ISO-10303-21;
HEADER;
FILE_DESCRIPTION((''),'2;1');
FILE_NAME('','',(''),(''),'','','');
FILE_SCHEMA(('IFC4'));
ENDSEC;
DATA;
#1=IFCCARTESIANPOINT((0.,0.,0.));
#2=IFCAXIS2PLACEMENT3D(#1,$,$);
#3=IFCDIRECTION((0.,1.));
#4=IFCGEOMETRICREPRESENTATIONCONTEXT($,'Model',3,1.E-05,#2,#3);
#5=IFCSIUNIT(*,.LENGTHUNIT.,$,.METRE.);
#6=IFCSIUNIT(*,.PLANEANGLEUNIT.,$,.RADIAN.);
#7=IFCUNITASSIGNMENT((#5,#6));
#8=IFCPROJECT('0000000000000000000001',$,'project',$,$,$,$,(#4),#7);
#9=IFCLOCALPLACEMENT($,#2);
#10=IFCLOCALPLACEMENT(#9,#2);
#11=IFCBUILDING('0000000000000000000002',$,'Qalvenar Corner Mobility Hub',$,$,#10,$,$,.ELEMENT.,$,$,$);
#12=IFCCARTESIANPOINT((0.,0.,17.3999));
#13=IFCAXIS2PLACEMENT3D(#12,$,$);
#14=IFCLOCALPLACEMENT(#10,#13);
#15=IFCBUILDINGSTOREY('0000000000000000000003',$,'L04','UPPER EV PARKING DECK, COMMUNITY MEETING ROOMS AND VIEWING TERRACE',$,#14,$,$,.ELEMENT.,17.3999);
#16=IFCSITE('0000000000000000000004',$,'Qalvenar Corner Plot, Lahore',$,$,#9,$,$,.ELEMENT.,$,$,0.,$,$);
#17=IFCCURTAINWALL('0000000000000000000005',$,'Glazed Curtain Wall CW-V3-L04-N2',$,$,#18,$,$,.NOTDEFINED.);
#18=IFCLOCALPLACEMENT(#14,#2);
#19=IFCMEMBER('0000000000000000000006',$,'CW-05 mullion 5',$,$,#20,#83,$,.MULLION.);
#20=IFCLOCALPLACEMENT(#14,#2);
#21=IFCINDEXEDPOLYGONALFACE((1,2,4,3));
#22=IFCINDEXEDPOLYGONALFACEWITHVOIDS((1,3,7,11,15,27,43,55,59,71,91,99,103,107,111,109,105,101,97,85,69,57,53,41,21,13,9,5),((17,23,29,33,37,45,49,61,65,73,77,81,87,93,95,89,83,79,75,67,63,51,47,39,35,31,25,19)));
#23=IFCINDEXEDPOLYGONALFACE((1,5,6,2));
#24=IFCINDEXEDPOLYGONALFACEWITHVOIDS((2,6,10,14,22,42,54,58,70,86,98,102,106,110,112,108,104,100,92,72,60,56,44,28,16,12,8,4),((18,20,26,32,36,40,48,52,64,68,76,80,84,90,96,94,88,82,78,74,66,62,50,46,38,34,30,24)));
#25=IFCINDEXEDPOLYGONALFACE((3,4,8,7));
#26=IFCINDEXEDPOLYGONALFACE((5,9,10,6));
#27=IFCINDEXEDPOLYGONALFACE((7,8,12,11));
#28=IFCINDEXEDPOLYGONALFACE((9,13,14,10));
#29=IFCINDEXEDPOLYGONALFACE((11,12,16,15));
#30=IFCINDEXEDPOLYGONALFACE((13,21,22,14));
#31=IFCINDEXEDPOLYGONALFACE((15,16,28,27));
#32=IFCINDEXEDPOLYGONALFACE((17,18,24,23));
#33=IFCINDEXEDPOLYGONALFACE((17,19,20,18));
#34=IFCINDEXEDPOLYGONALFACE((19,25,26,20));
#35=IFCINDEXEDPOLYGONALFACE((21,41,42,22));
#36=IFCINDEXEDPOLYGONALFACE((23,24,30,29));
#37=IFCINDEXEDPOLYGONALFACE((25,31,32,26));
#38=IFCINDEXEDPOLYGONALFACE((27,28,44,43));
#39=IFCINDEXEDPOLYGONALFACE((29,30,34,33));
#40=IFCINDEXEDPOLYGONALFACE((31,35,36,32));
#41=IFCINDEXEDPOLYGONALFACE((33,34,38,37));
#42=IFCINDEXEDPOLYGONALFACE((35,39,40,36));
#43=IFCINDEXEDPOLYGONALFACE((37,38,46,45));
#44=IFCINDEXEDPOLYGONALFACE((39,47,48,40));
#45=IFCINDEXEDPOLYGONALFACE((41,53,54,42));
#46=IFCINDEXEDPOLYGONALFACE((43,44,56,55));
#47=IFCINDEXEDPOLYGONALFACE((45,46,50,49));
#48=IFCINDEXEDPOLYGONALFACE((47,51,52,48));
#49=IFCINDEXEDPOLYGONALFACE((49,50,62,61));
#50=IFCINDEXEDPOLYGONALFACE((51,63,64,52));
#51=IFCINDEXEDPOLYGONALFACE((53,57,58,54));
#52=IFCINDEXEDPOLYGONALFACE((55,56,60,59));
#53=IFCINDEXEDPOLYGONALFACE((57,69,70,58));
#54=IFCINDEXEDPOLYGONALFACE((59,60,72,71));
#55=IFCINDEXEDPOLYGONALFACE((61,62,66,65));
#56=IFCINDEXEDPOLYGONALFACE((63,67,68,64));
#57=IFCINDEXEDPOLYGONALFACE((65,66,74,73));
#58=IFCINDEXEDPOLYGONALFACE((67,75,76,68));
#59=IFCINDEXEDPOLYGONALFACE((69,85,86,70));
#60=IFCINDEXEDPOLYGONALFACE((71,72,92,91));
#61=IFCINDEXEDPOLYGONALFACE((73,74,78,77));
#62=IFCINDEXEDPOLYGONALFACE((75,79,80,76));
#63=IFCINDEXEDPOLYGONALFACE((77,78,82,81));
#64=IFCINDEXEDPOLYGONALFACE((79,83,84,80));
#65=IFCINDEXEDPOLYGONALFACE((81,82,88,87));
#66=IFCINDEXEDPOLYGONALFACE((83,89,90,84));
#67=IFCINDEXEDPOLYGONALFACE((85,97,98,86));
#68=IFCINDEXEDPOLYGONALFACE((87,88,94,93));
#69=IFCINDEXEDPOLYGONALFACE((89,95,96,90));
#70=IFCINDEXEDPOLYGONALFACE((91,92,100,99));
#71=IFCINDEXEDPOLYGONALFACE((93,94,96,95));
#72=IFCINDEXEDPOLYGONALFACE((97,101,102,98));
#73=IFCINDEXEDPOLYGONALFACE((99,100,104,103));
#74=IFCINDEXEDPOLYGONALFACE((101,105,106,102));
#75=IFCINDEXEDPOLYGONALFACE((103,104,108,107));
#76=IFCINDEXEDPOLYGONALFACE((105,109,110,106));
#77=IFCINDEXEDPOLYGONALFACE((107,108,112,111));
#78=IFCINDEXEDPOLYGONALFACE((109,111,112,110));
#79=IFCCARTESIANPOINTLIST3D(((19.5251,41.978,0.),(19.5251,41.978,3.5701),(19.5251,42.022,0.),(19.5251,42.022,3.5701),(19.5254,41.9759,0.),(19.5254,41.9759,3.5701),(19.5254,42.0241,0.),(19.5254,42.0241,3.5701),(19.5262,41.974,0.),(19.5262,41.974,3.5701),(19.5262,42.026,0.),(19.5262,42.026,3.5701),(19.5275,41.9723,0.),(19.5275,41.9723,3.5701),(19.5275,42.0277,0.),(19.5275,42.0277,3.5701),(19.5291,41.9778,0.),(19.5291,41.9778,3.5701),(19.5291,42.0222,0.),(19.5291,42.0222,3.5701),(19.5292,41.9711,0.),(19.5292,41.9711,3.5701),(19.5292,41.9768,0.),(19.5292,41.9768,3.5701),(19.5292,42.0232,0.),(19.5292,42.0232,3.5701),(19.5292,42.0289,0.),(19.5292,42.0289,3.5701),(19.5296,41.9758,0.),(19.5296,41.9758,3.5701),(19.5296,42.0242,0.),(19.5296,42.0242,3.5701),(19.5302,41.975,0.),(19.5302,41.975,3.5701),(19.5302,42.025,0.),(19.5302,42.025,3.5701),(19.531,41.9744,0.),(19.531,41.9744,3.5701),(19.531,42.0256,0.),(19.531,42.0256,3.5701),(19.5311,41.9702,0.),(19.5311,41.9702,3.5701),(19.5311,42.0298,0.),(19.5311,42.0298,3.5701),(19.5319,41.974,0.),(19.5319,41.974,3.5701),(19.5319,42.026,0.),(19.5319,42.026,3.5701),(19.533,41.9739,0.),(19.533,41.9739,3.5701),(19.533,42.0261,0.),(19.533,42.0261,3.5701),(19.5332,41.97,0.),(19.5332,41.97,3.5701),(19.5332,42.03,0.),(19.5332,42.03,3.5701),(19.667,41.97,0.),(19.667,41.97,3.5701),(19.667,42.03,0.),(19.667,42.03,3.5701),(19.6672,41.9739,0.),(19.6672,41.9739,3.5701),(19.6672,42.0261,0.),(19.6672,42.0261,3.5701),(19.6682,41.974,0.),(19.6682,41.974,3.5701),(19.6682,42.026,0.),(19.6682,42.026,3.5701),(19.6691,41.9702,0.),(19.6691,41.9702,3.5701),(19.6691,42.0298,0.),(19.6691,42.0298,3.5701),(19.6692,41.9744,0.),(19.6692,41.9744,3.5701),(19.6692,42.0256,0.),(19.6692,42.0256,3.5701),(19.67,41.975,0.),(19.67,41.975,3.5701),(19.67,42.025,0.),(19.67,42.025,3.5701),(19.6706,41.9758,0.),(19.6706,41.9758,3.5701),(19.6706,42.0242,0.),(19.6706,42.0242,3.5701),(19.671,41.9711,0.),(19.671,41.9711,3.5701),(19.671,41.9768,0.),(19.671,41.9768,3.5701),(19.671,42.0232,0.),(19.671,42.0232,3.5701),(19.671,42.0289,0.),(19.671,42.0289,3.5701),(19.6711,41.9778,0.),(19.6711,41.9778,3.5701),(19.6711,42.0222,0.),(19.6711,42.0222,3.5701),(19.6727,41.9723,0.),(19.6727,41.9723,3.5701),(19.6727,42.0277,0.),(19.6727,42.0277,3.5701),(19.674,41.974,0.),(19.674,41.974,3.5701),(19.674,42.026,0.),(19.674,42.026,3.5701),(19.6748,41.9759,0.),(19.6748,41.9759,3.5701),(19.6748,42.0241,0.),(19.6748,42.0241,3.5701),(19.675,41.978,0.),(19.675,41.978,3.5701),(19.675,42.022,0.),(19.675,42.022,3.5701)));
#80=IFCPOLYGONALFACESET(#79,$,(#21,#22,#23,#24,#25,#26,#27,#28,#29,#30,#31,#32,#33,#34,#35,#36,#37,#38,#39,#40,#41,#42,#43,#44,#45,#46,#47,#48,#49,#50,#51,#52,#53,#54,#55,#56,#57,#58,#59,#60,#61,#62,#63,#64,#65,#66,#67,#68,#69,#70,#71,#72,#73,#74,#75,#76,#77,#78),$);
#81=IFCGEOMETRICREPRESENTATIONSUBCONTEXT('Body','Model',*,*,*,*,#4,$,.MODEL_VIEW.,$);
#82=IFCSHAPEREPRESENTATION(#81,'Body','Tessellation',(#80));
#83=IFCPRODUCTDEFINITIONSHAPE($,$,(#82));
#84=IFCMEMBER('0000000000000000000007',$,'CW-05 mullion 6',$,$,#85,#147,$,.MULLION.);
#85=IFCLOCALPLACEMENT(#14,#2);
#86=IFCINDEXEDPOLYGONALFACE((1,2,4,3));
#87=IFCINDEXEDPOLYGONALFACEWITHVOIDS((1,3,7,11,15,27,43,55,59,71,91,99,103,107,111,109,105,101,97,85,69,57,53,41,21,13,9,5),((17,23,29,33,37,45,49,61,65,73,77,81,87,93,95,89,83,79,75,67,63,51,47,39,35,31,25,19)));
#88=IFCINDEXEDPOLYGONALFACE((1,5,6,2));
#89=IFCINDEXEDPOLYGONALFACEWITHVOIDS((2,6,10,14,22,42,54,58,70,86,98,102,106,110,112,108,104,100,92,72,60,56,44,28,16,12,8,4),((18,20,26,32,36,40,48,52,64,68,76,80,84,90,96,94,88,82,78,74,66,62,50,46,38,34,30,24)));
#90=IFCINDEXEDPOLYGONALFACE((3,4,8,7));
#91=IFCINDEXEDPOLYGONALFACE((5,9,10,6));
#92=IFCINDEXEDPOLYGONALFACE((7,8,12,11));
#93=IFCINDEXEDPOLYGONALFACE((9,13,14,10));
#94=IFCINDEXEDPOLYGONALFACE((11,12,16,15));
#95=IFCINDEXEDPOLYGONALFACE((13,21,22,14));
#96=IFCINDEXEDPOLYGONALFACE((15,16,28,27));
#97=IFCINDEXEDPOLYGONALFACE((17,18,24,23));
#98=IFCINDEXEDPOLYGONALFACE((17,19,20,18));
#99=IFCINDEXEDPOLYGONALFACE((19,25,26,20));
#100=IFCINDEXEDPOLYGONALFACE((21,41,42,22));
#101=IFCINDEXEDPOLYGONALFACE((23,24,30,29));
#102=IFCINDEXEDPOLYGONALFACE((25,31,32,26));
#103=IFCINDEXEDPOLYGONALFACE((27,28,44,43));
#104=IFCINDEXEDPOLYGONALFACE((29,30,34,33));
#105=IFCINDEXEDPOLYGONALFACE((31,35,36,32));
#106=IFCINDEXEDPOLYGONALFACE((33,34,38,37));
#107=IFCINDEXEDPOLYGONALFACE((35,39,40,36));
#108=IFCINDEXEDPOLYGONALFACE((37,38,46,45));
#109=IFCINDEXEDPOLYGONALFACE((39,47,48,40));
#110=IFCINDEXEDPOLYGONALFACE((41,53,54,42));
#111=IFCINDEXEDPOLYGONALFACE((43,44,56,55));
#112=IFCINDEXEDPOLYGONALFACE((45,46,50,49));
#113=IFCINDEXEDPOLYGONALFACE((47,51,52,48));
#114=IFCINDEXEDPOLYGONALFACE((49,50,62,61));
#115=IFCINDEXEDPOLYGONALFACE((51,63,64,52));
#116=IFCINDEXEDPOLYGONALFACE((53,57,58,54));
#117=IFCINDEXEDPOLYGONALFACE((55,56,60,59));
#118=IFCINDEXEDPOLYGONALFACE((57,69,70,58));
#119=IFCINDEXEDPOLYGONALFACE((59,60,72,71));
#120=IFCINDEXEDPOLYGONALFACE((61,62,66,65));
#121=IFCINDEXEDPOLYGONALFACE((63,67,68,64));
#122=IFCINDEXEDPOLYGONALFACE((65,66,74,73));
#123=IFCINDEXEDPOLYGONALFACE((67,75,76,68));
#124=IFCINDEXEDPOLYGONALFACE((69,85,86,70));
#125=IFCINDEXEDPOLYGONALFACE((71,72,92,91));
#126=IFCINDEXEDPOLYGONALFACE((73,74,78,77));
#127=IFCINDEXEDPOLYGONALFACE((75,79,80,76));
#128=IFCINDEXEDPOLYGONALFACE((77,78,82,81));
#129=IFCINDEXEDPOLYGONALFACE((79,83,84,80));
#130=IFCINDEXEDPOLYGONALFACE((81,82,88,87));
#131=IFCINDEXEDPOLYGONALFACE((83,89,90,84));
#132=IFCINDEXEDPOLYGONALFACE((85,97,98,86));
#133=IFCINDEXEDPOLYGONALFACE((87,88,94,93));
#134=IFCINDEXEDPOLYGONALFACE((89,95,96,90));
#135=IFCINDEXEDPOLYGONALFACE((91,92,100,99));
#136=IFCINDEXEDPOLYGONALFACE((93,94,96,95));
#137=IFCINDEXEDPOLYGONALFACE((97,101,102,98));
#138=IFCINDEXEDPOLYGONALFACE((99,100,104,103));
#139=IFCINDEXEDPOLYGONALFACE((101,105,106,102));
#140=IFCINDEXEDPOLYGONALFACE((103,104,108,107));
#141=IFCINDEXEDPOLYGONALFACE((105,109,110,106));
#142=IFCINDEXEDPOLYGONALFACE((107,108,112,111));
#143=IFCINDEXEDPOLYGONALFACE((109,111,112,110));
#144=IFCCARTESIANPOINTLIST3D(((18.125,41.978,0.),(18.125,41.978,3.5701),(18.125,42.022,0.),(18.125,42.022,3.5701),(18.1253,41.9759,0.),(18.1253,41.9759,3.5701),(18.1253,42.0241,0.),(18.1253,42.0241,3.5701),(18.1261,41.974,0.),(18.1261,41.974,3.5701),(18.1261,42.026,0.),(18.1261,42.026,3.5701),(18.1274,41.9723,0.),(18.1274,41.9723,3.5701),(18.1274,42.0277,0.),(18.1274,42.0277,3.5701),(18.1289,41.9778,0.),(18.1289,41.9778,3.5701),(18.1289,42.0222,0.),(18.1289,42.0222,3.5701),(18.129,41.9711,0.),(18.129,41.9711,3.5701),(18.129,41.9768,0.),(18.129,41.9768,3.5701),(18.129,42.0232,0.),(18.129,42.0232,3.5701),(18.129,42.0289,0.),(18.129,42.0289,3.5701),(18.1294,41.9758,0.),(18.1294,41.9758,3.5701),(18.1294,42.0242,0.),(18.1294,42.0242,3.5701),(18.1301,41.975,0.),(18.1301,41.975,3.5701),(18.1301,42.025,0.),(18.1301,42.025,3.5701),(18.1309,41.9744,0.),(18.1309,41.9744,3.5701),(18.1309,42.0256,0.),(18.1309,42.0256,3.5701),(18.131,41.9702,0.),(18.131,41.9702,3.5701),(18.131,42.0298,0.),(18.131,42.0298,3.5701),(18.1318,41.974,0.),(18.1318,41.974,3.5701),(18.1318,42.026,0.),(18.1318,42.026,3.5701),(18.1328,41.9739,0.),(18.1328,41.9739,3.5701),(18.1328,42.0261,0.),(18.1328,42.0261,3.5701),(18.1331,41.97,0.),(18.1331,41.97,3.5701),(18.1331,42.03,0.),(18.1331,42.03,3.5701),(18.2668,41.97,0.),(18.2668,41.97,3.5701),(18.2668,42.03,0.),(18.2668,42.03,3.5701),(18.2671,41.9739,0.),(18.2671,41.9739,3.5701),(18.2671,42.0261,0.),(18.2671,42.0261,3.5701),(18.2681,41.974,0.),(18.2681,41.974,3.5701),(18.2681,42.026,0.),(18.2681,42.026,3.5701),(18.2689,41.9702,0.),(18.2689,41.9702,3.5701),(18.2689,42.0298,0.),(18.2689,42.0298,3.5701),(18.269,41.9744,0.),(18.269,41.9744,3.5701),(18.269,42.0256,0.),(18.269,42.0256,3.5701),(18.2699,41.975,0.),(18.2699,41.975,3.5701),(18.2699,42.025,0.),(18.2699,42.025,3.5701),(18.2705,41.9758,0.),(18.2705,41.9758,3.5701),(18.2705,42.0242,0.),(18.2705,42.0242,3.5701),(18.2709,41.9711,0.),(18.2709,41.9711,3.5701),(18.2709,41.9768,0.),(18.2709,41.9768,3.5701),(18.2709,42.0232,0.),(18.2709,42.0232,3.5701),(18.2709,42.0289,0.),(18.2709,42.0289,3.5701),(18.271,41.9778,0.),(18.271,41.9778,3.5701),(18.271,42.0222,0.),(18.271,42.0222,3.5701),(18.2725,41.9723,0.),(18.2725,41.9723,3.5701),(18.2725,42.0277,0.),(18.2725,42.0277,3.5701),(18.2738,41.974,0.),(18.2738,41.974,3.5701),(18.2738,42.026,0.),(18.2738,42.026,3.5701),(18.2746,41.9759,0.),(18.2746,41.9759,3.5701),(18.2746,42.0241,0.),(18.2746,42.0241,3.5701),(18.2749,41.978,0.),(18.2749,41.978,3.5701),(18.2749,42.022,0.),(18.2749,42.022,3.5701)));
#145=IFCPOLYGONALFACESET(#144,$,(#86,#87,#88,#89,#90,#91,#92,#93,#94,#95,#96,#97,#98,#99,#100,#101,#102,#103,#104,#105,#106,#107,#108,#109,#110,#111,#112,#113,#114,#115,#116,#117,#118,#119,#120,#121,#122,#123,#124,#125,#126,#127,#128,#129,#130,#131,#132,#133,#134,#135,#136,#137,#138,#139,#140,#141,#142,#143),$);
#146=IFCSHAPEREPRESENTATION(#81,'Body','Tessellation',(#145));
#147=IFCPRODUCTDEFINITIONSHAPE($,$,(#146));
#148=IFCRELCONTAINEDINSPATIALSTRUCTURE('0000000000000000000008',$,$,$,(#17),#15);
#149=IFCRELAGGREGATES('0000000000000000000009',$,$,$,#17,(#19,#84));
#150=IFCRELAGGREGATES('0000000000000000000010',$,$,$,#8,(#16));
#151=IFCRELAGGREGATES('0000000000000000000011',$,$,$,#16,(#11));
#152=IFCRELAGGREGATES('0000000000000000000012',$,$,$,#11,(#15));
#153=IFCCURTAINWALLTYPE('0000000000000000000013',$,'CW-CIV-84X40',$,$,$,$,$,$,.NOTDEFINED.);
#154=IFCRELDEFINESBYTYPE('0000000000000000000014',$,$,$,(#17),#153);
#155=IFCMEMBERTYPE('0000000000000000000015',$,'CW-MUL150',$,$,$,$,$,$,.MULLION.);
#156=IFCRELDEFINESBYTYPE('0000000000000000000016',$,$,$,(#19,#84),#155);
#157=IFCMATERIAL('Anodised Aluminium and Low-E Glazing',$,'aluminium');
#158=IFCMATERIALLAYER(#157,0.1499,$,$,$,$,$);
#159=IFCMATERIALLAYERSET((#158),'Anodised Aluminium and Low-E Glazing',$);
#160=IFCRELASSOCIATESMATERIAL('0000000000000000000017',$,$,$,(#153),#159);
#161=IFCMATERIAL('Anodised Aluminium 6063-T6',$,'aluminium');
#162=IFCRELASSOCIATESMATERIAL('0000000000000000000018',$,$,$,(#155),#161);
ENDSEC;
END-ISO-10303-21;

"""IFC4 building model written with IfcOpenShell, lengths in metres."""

from ifc_helpers import new_model, si_unit, direction, frame, origin, origin_2d, place, context, subcontext, project, spatial, hollow_rectangle, extrude, material, layer, layer_set, material_profile, profile_set, type_object, element, aggregate, save


model = new_model("IFC4")

# Units and contexts
model_context = context("Model", 3, precision=1e-05, world=origin(), true_north=direction((0.0, 1.0)))
body_context = subcontext(model_context, "Body", "Model", "MODEL_VIEW")
ifc_project = project(units=[si_unit("LENGTHUNIT", "METRE"), si_unit("PLANEANGLEUNIT", "RADIAN")], contexts=[model_context])

# Site, building, storey
site_placement = place(None, origin())
site = spatial("IfcSite", under=ifc_project, at=site_placement, Name="Qalvenar Corner Plot, Lahore", CompositionType="ELEMENT", RefElevation=0.0)
building_placement = place(site_placement, origin())
building = spatial("IfcBuilding", under=site, at=building_placement, Name="Qalvenar Corner Mobility Hub", CompositionType="ELEMENT")
storey_placement = place(building_placement, frame((0.0, 0.0, 17.3999)))
storey = spatial("IfcBuildingStorey", under=building, at=storey_placement, Name="L04", Description="UPPER EV PARKING DECK, COMMUNITY MEETING ROOMS AND VIEWING TERRACE", CompositionType="ELEMENT", Elevation=17.3999)

# Curtain wall, members
ifc_material_1 = material(Name="Anodised Aluminium and Low-E Glazing", Category="aluminium")
ifc_layer_1 = layer(ifc_material_1, 0.1499)
ifc_layer_set_1 = layer_set([ifc_layer_1], Name="Anodised Aluminium and Low-E Glazing")
curtain_wall_type = type_object("IfcCurtainWallType", Name="CW-CIV-84X40", PredefinedType="NOTDEFINED", material=ifc_layer_set_1)
curtain_wall_placement = place(storey_placement, origin())
curtain_wall = element("IfcCurtainWall", 1, at=curtain_wall_placement, inside=storey, type_object=curtain_wall_type, Name="Glazed Curtain Wall CW-V3-L04-N2", PredefinedType="NOTDEFINED")
ifc_material_2 = material(Name="Anodised Aluminium 6063-T6", Category="aluminium")
ifc_material_profile_1 = material_profile(ifc_material_2, hollow_rectangle(XDim=0.0601, YDim=0.1499, WallThickness=0.0039, InnerFilletRadius=0.0039, OuterFilletRadius=0.0081, at=origin_2d()), Name="RHS150x60x4")
ifc_profile_set_1 = profile_set([ifc_material_profile_1], Name="Anodised Aluminium 6063-T6")
member_type_1 = type_object("IfcMemberType", Name="CW-MUL150", PredefinedType="MULLION", material=ifc_profile_set_1)
member_1_placement = place(storey_placement, frame((19.6001, 42.0, 0.0), z_axis=(0.0, 0.0, 1.0), x_axis=(0.0, -1.0, 0.0)))
member_1 = element("IfcMember", 2, at=member_1_placement, type_object=member_type_1, Name="CW-05 mullion 5", PredefinedType="MULLION", context=body_context, shape_type="SweptSolid", body=[
    extrude(hollow_rectangle(XDim=0.0601, YDim=0.1499, WallThickness=0.0039, InnerFilletRadius=0.0039, OuterFilletRadius=0.0081, at=origin_2d()), origin(), (0.0, 0.0, 1.0), 3.5701),
])
member_2_placement = place(storey_placement, frame((18.2, 42.0, 0.0), z_axis=(0.0, 0.0, 1.0), x_axis=(0.0, -1.0, 0.0)))
member_2 = element("IfcMember", 3, at=member_2_placement, type_object=member_type_1, Name="CW-05 mullion 6", PredefinedType="MULLION", context=body_context, shape_type="SweptSolid", body=[
    extrude(hollow_rectangle(XDim=0.0601, YDim=0.1499, WallThickness=0.0039, InnerFilletRadius=0.0039, OuterFilletRadius=0.0081, at=origin_2d()), origin(), (0.0, 0.0, 1.0), 3.5701),
])
aggregate(curtain_wall, [member_1, member_2])

save(model, "model.ifc")
